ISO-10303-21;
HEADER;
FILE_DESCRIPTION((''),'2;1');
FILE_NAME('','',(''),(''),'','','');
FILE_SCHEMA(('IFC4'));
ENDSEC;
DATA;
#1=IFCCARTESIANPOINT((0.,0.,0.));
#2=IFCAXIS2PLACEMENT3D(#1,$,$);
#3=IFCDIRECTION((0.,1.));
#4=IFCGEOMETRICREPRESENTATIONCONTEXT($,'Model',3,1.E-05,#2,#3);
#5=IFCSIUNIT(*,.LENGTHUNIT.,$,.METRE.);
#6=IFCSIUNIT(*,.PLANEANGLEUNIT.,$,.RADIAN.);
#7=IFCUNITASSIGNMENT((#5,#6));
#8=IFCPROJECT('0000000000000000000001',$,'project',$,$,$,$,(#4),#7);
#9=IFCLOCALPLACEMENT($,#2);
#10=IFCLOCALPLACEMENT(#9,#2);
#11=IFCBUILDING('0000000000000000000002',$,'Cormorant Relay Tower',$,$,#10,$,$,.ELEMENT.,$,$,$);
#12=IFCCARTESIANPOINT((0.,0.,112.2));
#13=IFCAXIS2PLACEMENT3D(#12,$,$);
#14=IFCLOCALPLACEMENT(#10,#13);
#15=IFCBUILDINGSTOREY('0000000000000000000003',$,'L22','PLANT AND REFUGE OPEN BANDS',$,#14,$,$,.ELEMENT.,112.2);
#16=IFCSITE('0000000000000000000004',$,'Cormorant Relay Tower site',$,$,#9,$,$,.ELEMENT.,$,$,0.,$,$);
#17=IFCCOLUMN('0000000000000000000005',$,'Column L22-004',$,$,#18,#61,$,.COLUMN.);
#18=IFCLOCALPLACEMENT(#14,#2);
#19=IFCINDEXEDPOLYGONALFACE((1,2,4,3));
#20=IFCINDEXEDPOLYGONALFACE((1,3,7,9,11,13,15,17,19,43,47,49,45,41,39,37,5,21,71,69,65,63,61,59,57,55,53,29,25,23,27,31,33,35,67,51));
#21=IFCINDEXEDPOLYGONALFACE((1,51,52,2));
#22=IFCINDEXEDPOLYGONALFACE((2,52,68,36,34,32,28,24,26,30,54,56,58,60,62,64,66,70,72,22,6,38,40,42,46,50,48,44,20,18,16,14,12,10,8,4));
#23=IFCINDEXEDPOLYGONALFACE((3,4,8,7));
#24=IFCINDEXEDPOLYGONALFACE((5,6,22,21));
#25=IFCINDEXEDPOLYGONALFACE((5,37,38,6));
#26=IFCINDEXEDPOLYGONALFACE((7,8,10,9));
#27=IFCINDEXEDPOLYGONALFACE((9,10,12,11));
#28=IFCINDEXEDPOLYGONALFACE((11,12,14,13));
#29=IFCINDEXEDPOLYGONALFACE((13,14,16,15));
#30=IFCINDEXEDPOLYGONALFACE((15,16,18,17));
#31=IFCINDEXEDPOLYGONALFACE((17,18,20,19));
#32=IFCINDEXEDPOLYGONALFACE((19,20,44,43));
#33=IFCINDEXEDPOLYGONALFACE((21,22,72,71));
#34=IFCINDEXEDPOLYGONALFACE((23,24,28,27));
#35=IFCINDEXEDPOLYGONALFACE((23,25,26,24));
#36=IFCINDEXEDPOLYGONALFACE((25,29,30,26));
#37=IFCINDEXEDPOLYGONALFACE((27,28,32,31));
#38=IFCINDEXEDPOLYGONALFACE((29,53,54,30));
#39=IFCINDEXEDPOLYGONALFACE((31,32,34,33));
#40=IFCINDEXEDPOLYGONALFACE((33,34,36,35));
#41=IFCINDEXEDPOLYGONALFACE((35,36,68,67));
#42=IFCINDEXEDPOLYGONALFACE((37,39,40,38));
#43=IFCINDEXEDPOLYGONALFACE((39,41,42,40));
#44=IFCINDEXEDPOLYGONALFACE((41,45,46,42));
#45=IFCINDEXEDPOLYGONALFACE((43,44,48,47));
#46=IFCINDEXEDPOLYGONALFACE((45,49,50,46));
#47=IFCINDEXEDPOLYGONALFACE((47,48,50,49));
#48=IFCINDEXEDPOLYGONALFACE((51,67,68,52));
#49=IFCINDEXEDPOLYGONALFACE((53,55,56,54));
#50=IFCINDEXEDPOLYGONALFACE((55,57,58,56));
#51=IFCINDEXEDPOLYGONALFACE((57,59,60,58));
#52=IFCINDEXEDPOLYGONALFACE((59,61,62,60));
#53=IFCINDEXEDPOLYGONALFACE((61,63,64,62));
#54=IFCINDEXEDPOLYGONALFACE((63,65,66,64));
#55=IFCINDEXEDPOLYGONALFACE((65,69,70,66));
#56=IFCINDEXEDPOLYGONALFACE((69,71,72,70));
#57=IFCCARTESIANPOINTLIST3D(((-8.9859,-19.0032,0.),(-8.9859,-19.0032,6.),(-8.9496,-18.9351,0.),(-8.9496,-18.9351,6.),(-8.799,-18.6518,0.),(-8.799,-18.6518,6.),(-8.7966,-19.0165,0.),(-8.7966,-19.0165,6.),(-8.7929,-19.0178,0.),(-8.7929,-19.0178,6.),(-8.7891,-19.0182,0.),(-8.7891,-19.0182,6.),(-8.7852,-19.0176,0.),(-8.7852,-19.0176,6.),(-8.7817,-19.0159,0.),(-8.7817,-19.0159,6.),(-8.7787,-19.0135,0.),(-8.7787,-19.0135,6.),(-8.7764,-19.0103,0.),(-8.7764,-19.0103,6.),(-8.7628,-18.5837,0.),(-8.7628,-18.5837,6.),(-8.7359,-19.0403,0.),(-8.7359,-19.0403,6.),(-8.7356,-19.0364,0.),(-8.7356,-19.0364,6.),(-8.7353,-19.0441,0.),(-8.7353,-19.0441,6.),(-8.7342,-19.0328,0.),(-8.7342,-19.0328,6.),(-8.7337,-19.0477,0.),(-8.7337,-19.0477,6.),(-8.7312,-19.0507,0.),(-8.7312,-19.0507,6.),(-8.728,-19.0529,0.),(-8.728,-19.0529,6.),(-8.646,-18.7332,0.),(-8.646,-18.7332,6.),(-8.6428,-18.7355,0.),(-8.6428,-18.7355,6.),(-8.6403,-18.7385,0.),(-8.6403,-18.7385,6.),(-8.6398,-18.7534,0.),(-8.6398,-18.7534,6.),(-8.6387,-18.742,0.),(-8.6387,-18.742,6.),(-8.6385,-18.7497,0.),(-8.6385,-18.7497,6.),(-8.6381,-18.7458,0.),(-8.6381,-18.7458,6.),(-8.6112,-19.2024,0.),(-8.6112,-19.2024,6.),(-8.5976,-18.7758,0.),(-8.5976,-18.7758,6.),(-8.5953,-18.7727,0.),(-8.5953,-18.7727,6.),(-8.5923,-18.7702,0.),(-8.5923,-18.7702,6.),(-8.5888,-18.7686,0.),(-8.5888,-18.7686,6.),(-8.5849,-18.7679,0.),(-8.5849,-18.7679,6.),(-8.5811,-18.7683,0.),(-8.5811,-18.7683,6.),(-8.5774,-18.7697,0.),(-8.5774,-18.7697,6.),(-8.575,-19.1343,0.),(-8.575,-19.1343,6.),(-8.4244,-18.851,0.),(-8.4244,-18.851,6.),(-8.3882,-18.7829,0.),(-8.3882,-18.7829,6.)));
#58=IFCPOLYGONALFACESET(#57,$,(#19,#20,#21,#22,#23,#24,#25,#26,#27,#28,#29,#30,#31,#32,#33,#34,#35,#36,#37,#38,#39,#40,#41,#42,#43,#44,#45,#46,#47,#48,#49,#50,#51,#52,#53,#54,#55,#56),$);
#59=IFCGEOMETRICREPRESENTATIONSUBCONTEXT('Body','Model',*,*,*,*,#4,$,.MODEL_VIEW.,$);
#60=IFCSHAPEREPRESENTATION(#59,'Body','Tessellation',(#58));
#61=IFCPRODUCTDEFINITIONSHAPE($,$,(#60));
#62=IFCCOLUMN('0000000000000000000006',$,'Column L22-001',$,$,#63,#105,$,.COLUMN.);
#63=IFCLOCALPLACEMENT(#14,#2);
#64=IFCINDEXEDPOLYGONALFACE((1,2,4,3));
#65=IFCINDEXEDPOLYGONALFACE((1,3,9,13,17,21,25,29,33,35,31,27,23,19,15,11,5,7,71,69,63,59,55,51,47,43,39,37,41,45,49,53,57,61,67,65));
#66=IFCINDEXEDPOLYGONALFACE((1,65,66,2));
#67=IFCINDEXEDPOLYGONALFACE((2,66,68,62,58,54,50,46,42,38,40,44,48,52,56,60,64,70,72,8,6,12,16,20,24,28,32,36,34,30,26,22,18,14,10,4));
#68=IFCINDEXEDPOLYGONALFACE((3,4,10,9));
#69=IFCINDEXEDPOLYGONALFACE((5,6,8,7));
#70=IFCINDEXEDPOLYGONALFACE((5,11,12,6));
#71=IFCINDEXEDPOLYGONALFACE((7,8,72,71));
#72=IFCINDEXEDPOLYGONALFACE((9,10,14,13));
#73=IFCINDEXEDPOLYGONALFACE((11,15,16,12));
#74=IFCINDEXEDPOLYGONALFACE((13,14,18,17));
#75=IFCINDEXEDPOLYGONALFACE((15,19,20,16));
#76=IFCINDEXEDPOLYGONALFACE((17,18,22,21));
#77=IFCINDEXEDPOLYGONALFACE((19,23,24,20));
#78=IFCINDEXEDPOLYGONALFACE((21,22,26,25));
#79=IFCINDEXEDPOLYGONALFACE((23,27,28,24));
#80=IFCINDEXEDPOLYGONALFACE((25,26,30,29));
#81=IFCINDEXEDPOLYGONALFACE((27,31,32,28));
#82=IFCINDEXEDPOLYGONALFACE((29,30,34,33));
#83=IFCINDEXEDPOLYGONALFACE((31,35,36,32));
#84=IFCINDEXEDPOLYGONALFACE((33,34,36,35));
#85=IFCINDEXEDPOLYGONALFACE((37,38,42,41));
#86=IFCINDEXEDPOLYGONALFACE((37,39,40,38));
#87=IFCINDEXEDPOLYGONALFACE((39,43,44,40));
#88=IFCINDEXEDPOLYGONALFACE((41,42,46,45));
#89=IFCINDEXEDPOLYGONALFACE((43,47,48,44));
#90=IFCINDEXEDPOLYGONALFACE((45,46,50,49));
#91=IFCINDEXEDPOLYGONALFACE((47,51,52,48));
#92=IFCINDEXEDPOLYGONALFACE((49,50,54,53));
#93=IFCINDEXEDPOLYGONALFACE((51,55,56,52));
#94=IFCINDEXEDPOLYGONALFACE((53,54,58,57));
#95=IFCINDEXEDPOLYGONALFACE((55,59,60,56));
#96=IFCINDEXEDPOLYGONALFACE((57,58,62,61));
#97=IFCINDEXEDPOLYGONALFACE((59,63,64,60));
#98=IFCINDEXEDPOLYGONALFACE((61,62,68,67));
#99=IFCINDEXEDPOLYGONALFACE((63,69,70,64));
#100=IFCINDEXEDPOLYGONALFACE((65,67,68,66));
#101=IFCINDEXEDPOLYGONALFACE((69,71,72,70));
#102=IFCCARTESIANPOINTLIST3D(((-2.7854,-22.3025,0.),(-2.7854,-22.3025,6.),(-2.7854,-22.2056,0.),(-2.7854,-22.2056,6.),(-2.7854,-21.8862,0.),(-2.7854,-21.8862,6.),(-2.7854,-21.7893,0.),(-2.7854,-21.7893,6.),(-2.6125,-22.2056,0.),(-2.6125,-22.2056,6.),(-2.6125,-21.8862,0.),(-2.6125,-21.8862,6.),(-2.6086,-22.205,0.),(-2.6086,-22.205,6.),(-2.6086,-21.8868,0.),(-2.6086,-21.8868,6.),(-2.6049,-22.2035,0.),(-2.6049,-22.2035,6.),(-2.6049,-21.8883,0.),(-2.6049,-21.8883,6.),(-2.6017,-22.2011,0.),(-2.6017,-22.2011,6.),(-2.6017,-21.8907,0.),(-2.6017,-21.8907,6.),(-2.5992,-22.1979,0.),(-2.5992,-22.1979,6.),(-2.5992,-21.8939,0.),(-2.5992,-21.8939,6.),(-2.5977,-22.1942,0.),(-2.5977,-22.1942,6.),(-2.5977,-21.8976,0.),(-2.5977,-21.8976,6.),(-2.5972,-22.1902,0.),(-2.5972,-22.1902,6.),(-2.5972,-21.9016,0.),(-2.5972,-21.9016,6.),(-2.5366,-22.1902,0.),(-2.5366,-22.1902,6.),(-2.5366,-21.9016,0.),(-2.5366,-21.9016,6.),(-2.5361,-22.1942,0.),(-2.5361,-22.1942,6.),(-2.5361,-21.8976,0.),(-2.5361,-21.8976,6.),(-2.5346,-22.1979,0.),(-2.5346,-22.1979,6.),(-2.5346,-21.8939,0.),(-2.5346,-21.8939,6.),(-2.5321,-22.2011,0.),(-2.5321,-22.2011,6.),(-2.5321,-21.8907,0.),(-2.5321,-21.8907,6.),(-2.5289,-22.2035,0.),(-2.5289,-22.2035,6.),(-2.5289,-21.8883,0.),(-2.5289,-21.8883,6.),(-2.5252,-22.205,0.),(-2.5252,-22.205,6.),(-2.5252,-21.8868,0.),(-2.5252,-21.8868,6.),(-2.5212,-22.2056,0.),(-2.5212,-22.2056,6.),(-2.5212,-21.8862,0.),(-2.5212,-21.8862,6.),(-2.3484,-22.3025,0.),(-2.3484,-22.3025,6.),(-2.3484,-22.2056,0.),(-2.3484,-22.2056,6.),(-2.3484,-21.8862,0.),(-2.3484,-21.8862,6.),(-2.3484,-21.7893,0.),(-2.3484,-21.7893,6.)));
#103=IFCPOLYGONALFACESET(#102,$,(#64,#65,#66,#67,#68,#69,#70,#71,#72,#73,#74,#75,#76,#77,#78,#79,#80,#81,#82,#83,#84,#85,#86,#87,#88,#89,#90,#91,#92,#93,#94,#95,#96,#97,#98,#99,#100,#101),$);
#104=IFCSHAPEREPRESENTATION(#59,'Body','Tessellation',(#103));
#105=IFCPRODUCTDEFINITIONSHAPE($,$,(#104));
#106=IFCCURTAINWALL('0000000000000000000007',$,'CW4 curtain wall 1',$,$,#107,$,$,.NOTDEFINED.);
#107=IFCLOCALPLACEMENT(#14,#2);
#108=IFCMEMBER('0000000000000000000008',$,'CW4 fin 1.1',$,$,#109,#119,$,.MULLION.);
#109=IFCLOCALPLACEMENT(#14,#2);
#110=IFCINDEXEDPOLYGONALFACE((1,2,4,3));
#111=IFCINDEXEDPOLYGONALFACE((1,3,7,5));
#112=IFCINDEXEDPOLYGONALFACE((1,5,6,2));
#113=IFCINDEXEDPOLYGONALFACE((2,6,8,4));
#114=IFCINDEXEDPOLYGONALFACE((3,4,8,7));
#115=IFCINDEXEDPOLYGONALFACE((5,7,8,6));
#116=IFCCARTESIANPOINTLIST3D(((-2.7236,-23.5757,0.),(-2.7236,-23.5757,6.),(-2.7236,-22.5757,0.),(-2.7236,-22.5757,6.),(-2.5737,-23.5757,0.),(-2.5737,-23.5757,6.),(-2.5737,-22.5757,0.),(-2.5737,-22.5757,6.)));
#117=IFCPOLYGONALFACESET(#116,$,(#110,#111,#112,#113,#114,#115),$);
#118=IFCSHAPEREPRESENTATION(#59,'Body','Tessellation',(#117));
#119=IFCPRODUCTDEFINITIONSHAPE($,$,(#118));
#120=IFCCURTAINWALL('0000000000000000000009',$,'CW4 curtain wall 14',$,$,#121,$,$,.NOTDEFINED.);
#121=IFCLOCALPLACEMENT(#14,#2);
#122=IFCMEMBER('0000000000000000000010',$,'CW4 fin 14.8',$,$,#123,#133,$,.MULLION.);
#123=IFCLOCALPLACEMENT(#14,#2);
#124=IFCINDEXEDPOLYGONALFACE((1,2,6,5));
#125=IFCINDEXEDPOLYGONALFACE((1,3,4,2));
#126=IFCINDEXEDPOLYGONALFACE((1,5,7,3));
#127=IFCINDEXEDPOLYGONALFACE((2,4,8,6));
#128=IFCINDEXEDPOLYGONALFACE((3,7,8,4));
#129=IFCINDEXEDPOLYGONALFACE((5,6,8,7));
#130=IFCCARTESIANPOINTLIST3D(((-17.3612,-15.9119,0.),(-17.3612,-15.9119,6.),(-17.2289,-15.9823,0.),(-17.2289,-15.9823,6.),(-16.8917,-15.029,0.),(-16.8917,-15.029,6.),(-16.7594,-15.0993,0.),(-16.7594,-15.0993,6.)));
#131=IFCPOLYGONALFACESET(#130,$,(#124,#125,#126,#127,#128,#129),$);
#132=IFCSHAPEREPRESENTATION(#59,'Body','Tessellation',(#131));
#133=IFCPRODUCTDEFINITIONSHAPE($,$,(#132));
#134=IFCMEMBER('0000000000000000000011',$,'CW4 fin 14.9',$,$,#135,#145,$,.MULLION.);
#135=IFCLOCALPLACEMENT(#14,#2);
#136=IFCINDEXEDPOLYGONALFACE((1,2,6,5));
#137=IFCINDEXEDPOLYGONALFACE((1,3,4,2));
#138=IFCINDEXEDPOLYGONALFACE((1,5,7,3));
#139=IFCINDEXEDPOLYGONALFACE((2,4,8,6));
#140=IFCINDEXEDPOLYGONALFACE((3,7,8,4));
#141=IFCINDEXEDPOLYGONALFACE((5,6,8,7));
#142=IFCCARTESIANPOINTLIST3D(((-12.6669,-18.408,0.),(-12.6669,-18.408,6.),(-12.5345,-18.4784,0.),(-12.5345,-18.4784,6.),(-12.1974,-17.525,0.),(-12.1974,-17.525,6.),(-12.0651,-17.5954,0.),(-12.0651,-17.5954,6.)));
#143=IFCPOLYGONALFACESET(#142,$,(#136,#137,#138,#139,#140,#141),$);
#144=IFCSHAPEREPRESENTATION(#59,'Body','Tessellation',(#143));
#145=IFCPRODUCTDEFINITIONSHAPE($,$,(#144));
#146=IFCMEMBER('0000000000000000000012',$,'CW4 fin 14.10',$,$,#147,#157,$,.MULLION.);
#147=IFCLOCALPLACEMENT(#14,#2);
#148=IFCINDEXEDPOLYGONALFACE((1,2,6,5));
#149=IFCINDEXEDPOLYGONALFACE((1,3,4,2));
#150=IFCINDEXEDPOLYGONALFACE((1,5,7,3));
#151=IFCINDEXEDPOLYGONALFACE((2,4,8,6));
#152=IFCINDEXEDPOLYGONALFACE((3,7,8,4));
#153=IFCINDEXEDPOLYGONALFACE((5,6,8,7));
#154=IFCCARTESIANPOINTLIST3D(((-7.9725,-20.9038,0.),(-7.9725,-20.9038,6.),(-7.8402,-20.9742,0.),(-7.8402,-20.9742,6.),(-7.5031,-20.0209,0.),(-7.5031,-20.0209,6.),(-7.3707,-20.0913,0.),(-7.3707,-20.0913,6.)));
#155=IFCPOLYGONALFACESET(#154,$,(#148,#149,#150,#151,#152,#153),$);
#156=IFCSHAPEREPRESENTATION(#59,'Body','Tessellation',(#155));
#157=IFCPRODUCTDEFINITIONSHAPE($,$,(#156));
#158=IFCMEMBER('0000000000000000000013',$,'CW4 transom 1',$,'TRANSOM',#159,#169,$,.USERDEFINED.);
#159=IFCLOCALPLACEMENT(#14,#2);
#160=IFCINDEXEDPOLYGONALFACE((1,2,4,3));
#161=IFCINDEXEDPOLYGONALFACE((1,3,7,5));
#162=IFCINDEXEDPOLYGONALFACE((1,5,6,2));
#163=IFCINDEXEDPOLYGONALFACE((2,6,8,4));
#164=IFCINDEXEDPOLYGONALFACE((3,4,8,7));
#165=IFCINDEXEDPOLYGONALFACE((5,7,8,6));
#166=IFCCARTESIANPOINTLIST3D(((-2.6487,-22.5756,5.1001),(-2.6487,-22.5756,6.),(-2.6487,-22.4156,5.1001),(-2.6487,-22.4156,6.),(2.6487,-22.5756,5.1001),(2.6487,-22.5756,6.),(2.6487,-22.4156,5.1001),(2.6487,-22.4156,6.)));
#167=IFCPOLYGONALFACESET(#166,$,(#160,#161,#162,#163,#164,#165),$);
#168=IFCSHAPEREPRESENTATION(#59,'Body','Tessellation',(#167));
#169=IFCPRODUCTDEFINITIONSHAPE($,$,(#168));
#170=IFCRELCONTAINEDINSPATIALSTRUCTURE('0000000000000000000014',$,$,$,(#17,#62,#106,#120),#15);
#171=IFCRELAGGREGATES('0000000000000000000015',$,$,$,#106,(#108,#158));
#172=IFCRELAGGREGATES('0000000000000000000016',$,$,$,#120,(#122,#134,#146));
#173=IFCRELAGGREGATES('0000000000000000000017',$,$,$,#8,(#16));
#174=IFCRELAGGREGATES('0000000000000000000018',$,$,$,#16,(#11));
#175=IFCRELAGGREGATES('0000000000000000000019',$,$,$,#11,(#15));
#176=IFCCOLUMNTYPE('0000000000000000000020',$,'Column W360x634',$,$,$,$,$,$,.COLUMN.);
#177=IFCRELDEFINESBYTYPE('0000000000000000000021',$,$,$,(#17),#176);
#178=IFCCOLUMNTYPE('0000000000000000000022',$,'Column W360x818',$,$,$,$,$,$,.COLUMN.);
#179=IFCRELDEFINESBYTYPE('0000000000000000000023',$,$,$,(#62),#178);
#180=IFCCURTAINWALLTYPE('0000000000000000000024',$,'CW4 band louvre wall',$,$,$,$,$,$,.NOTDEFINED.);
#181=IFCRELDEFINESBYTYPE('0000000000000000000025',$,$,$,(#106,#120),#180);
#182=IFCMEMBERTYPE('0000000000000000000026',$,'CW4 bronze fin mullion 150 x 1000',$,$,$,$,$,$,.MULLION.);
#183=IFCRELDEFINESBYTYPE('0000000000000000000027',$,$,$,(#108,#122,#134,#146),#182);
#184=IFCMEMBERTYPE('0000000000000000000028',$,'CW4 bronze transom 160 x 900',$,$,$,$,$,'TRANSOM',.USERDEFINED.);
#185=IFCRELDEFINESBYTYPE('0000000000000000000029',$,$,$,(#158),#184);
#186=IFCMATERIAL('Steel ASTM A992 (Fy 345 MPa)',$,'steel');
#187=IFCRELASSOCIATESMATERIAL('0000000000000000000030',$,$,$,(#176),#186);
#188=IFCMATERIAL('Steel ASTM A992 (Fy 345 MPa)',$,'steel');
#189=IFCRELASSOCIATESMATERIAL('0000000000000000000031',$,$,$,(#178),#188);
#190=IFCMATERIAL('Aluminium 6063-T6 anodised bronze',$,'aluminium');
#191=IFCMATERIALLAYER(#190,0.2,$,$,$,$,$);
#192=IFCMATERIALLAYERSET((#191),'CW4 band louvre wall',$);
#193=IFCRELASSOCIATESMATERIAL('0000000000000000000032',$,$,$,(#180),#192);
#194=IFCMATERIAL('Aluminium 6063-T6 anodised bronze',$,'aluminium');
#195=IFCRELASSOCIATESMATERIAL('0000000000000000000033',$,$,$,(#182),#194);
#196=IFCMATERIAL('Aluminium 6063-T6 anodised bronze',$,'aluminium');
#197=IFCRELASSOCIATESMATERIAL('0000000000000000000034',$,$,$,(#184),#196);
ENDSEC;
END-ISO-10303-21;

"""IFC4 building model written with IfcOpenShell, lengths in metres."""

from ifc_helpers import new_model, si_unit, direction, frame, origin, origin_2d, place, context, subcontext, project, spatial, rectangle, i_section, extrude, material, layer, layer_set, material_profile, profile_set, type_object, element, aggregate, save


model = new_model("IFC4")

# Units and contexts
model_context = context("Model", 3, precision=1e-05, world=origin(), true_north=direction((0.0, 1.0)))
body_context = subcontext(model_context, "Body", "Model", "MODEL_VIEW")
ifc_project = project(units=[si_unit("LENGTHUNIT", "METRE"), si_unit("PLANEANGLEUNIT", "RADIAN")], contexts=[model_context])

# Site, building, storey
site_placement = place(None, origin())
site = spatial("IfcSite", under=ifc_project, at=site_placement, Name="Cormorant Relay Tower site", CompositionType="ELEMENT", RefElevation=0.0)
building_placement = place(site_placement, origin())
building = spatial("IfcBuilding", under=site, at=building_placement, Name="Cormorant Relay Tower", CompositionType="ELEMENT")
storey_placement = place(building_placement, frame((0.0, 0.0, 112.2)))
storey = spatial("IfcBuildingStorey", under=building, at=storey_placement, Name="L22", Description="PLANT AND REFUGE OPEN BANDS", CompositionType="ELEMENT", Elevation=112.2)

# Columns
ifc_material_1 = material(Name="Steel ASTM A992 (Fy 345 MPa)", Category="steel")
ifc_material_profile_1 = material_profile(ifc_material_1, i_section(OverallWidth=0.4243, OverallDepth=0.4751, WebThickness=0.0479, FlangeThickness=0.0771, FilletRadius=0.0149, at=origin_2d()), Name="W360x634")
ifc_profile_set_1 = profile_set([ifc_material_profile_1], Name="Steel ASTM A992 (Fy 345 MPa)")
column_type_1 = type_object("IfcColumnType", Name="Column W360x634", PredefinedType="COLUMN", material=ifc_profile_set_1)
column_1_placement = place(storey_placement, frame((-8.687, -18.8931, 0.0), z_axis=(0.0, 0.0, 1.0), x_axis=(0.882948, -0.469472, 0.0)))
element("IfcColumn", 1, at=column_1_placement, inside=storey, type_object=column_type_1, Name="Column L22-004", PredefinedType="COLUMN", context=body_context, shape_type="SweptSolid", body=[
    extrude(i_section(OverallWidth=0.4243, OverallDepth=0.4751, WebThickness=0.0479, FlangeThickness=0.0771, FilletRadius=0.0149, at=origin_2d()), origin(), (0.0, 0.0, 1.0), 6.0),
])
ifc_material_2 = material(Name="Steel ASTM A992 (Fy 345 MPa)", Category="steel")
ifc_material_profile_2 = material_profile(ifc_material_2, i_section(OverallWidth=0.437, OverallDepth=0.5132, WebThickness=0.0605, FlangeThickness=0.0969, FilletRadius=0.0154, at=origin_2d()), Name="W360x818")
ifc_profile_set_2 = profile_set([ifc_material_profile_2], Name="Steel ASTM A992 (Fy 345 MPa)")
column_type_2 = type_object("IfcColumnType", Name="Column W360x818", PredefinedType="COLUMN", material=ifc_profile_set_2)
column_2_placement = place(storey_placement, frame((-2.5669, -22.0459, 0.0), z_axis=(0.0, 0.0, 1.0), x_axis=(1.0, 0.0, 0.0)))
element("IfcColumn", 2, at=column_2_placement, inside=storey, type_object=column_type_2, Name="Column L22-001", PredefinedType="COLUMN", context=body_context, shape_type="SweptSolid", body=[
    extrude(i_section(OverallWidth=0.437, OverallDepth=0.5132, WebThickness=0.0605, FlangeThickness=0.0969, FilletRadius=0.0154, at=origin_2d()), origin(), (0.0, 0.0, 1.0), 6.0),
])

# Curtain wall, member
ifc_material_3 = material(Name="Aluminium 6063-T6 anodised bronze", Category="aluminium")
ifc_layer_1 = layer(ifc_material_3, 0.2)
ifc_layer_set_1 = layer_set([ifc_layer_1], Name="CW4 band louvre wall")
curtain_wall_type = type_object("IfcCurtainWallType", Name="CW4 band louvre wall", PredefinedType="NOTDEFINED", material=ifc_layer_set_1)
curtain_wall_1_placement = place(storey_placement, origin())
curtain_wall_1 = element("IfcCurtainWall", 3, at=curtain_wall_1_placement, inside=storey, type_object=curtain_wall_type, Name="CW4 curtain wall 1", PredefinedType="NOTDEFINED")
ifc_material_4 = material(Name="Aluminium 6063-T6 anodised bronze", Category="aluminium")
ifc_material_profile_3 = material_profile(ifc_material_4, rectangle(XDim=0.1499, YDim=1.0, at=origin_2d()), Name="AL 150x1000")
ifc_profile_set_3 = profile_set([ifc_material_profile_3], Name="Aluminium 6063-T6 anodised bronze")
member_type_1 = type_object("IfcMemberType", Name="CW4 bronze fin mullion 150 x 1000", PredefinedType="MULLION", material=ifc_profile_set_3)
member_1_placement = place(storey_placement, frame((-2.6487, -23.0757, 0.0), z_axis=(0.0, 0.0, 1.0), x_axis=(1.0, 0.0, 0.0)))
member_1 = element("IfcMember", 4, at=member_1_placement, type_object=member_type_1, Name="CW4 fin 1.1", PredefinedType="MULLION", context=body_context, shape_type="SweptSolid", body=[
    extrude(rectangle(XDim=0.1499, YDim=1.0, at=origin_2d()), origin(), (0.0, 0.0, 1.0), 6.0),
])

# Curtain wall, members
curtain_wall_2_placement = place(storey_placement, origin())
curtain_wall_2 = element("IfcCurtainWall", 5, at=curtain_wall_2_placement, inside=storey, type_object=curtain_wall_type, Name="CW4 curtain wall 14", PredefinedType="NOTDEFINED")
member_2_placement = place(storey_placement, frame((-17.0603, -15.5056, 0.0), z_axis=(0.0, 0.0, 1.0), x_axis=(0.882948, -0.469472, 0.0)))
member_2 = element("IfcMember", 6, at=member_2_placement, type_object=member_type_1, Name="CW4 fin 14.8", PredefinedType="MULLION", context=body_context, shape_type="SweptSolid", body=[
    extrude(rectangle(XDim=0.1499, YDim=1.0, at=origin_2d()), origin(), (0.0, 0.0, 1.0), 6.0),
])
member_3_placement = place(storey_placement, frame((-12.366, -18.0017, 0.0), z_axis=(0.0, 0.0, 1.0), x_axis=(0.882948, -0.469472, 0.0)))
member_3 = element("IfcMember", 7, at=member_3_placement, type_object=member_type_1, Name="CW4 fin 14.9", PredefinedType="MULLION", context=body_context, shape_type="SweptSolid", body=[
    extrude(rectangle(XDim=0.1499, YDim=1.0, at=origin_2d()), origin(), (0.0, 0.0, 1.0), 6.0),
])
member_4_placement = place(storey_placement, frame((-7.6716, -20.4976, 0.0), z_axis=(0.0, 0.0, 1.0), x_axis=(0.882948, -0.469472, 0.0)))
member_4 = element("IfcMember", 8, at=member_4_placement, type_object=member_type_1, Name="CW4 fin 14.10", PredefinedType="MULLION", context=body_context, shape_type="SweptSolid", body=[
    extrude(rectangle(XDim=0.1499, YDim=1.0, at=origin_2d()), origin(), (0.0, 0.0, 1.0), 6.0),
])

# Member
ifc_material_5 = material(Name="Aluminium 6063-T6 anodised bronze", Category="aluminium")
ifc_material_profile_4 = material_profile(ifc_material_5, rectangle(XDim=0.1599, YDim=0.8999, at=origin_2d()), Name="AL 160x900")
ifc_profile_set_4 = profile_set([ifc_material_profile_4], Name="Aluminium 6063-T6 anodised bronze")
member_type_2 = type_object("IfcMemberType", Name="CW4 bronze transom 160 x 900", ElementType="TRANSOM", PredefinedType="USERDEFINED", material=ifc_profile_set_4)
member_5_placement = place(storey_placement, frame((-2.6487, -22.4956, 5.55), z_axis=(1.0, 0.0, 0.0), x_axis=(0.0, 1.0, 0.0)))
member_5 = element("IfcMember", 9, at=member_5_placement, type_object=member_type_2, Name="CW4 transom 1", ObjectType="TRANSOM", PredefinedType="USERDEFINED", context=body_context, shape_type="SweptSolid", body=[
    extrude(rectangle(XDim=0.1599, YDim=0.8999, at=origin_2d()), origin(), (0.0, 0.0, 1.0), 5.2974),
])

aggregate(curtain_wall_1, [member_1, member_5])
aggregate(curtain_wall_2, [member_2, member_3, member_4])

save(model, "model.ifc")
